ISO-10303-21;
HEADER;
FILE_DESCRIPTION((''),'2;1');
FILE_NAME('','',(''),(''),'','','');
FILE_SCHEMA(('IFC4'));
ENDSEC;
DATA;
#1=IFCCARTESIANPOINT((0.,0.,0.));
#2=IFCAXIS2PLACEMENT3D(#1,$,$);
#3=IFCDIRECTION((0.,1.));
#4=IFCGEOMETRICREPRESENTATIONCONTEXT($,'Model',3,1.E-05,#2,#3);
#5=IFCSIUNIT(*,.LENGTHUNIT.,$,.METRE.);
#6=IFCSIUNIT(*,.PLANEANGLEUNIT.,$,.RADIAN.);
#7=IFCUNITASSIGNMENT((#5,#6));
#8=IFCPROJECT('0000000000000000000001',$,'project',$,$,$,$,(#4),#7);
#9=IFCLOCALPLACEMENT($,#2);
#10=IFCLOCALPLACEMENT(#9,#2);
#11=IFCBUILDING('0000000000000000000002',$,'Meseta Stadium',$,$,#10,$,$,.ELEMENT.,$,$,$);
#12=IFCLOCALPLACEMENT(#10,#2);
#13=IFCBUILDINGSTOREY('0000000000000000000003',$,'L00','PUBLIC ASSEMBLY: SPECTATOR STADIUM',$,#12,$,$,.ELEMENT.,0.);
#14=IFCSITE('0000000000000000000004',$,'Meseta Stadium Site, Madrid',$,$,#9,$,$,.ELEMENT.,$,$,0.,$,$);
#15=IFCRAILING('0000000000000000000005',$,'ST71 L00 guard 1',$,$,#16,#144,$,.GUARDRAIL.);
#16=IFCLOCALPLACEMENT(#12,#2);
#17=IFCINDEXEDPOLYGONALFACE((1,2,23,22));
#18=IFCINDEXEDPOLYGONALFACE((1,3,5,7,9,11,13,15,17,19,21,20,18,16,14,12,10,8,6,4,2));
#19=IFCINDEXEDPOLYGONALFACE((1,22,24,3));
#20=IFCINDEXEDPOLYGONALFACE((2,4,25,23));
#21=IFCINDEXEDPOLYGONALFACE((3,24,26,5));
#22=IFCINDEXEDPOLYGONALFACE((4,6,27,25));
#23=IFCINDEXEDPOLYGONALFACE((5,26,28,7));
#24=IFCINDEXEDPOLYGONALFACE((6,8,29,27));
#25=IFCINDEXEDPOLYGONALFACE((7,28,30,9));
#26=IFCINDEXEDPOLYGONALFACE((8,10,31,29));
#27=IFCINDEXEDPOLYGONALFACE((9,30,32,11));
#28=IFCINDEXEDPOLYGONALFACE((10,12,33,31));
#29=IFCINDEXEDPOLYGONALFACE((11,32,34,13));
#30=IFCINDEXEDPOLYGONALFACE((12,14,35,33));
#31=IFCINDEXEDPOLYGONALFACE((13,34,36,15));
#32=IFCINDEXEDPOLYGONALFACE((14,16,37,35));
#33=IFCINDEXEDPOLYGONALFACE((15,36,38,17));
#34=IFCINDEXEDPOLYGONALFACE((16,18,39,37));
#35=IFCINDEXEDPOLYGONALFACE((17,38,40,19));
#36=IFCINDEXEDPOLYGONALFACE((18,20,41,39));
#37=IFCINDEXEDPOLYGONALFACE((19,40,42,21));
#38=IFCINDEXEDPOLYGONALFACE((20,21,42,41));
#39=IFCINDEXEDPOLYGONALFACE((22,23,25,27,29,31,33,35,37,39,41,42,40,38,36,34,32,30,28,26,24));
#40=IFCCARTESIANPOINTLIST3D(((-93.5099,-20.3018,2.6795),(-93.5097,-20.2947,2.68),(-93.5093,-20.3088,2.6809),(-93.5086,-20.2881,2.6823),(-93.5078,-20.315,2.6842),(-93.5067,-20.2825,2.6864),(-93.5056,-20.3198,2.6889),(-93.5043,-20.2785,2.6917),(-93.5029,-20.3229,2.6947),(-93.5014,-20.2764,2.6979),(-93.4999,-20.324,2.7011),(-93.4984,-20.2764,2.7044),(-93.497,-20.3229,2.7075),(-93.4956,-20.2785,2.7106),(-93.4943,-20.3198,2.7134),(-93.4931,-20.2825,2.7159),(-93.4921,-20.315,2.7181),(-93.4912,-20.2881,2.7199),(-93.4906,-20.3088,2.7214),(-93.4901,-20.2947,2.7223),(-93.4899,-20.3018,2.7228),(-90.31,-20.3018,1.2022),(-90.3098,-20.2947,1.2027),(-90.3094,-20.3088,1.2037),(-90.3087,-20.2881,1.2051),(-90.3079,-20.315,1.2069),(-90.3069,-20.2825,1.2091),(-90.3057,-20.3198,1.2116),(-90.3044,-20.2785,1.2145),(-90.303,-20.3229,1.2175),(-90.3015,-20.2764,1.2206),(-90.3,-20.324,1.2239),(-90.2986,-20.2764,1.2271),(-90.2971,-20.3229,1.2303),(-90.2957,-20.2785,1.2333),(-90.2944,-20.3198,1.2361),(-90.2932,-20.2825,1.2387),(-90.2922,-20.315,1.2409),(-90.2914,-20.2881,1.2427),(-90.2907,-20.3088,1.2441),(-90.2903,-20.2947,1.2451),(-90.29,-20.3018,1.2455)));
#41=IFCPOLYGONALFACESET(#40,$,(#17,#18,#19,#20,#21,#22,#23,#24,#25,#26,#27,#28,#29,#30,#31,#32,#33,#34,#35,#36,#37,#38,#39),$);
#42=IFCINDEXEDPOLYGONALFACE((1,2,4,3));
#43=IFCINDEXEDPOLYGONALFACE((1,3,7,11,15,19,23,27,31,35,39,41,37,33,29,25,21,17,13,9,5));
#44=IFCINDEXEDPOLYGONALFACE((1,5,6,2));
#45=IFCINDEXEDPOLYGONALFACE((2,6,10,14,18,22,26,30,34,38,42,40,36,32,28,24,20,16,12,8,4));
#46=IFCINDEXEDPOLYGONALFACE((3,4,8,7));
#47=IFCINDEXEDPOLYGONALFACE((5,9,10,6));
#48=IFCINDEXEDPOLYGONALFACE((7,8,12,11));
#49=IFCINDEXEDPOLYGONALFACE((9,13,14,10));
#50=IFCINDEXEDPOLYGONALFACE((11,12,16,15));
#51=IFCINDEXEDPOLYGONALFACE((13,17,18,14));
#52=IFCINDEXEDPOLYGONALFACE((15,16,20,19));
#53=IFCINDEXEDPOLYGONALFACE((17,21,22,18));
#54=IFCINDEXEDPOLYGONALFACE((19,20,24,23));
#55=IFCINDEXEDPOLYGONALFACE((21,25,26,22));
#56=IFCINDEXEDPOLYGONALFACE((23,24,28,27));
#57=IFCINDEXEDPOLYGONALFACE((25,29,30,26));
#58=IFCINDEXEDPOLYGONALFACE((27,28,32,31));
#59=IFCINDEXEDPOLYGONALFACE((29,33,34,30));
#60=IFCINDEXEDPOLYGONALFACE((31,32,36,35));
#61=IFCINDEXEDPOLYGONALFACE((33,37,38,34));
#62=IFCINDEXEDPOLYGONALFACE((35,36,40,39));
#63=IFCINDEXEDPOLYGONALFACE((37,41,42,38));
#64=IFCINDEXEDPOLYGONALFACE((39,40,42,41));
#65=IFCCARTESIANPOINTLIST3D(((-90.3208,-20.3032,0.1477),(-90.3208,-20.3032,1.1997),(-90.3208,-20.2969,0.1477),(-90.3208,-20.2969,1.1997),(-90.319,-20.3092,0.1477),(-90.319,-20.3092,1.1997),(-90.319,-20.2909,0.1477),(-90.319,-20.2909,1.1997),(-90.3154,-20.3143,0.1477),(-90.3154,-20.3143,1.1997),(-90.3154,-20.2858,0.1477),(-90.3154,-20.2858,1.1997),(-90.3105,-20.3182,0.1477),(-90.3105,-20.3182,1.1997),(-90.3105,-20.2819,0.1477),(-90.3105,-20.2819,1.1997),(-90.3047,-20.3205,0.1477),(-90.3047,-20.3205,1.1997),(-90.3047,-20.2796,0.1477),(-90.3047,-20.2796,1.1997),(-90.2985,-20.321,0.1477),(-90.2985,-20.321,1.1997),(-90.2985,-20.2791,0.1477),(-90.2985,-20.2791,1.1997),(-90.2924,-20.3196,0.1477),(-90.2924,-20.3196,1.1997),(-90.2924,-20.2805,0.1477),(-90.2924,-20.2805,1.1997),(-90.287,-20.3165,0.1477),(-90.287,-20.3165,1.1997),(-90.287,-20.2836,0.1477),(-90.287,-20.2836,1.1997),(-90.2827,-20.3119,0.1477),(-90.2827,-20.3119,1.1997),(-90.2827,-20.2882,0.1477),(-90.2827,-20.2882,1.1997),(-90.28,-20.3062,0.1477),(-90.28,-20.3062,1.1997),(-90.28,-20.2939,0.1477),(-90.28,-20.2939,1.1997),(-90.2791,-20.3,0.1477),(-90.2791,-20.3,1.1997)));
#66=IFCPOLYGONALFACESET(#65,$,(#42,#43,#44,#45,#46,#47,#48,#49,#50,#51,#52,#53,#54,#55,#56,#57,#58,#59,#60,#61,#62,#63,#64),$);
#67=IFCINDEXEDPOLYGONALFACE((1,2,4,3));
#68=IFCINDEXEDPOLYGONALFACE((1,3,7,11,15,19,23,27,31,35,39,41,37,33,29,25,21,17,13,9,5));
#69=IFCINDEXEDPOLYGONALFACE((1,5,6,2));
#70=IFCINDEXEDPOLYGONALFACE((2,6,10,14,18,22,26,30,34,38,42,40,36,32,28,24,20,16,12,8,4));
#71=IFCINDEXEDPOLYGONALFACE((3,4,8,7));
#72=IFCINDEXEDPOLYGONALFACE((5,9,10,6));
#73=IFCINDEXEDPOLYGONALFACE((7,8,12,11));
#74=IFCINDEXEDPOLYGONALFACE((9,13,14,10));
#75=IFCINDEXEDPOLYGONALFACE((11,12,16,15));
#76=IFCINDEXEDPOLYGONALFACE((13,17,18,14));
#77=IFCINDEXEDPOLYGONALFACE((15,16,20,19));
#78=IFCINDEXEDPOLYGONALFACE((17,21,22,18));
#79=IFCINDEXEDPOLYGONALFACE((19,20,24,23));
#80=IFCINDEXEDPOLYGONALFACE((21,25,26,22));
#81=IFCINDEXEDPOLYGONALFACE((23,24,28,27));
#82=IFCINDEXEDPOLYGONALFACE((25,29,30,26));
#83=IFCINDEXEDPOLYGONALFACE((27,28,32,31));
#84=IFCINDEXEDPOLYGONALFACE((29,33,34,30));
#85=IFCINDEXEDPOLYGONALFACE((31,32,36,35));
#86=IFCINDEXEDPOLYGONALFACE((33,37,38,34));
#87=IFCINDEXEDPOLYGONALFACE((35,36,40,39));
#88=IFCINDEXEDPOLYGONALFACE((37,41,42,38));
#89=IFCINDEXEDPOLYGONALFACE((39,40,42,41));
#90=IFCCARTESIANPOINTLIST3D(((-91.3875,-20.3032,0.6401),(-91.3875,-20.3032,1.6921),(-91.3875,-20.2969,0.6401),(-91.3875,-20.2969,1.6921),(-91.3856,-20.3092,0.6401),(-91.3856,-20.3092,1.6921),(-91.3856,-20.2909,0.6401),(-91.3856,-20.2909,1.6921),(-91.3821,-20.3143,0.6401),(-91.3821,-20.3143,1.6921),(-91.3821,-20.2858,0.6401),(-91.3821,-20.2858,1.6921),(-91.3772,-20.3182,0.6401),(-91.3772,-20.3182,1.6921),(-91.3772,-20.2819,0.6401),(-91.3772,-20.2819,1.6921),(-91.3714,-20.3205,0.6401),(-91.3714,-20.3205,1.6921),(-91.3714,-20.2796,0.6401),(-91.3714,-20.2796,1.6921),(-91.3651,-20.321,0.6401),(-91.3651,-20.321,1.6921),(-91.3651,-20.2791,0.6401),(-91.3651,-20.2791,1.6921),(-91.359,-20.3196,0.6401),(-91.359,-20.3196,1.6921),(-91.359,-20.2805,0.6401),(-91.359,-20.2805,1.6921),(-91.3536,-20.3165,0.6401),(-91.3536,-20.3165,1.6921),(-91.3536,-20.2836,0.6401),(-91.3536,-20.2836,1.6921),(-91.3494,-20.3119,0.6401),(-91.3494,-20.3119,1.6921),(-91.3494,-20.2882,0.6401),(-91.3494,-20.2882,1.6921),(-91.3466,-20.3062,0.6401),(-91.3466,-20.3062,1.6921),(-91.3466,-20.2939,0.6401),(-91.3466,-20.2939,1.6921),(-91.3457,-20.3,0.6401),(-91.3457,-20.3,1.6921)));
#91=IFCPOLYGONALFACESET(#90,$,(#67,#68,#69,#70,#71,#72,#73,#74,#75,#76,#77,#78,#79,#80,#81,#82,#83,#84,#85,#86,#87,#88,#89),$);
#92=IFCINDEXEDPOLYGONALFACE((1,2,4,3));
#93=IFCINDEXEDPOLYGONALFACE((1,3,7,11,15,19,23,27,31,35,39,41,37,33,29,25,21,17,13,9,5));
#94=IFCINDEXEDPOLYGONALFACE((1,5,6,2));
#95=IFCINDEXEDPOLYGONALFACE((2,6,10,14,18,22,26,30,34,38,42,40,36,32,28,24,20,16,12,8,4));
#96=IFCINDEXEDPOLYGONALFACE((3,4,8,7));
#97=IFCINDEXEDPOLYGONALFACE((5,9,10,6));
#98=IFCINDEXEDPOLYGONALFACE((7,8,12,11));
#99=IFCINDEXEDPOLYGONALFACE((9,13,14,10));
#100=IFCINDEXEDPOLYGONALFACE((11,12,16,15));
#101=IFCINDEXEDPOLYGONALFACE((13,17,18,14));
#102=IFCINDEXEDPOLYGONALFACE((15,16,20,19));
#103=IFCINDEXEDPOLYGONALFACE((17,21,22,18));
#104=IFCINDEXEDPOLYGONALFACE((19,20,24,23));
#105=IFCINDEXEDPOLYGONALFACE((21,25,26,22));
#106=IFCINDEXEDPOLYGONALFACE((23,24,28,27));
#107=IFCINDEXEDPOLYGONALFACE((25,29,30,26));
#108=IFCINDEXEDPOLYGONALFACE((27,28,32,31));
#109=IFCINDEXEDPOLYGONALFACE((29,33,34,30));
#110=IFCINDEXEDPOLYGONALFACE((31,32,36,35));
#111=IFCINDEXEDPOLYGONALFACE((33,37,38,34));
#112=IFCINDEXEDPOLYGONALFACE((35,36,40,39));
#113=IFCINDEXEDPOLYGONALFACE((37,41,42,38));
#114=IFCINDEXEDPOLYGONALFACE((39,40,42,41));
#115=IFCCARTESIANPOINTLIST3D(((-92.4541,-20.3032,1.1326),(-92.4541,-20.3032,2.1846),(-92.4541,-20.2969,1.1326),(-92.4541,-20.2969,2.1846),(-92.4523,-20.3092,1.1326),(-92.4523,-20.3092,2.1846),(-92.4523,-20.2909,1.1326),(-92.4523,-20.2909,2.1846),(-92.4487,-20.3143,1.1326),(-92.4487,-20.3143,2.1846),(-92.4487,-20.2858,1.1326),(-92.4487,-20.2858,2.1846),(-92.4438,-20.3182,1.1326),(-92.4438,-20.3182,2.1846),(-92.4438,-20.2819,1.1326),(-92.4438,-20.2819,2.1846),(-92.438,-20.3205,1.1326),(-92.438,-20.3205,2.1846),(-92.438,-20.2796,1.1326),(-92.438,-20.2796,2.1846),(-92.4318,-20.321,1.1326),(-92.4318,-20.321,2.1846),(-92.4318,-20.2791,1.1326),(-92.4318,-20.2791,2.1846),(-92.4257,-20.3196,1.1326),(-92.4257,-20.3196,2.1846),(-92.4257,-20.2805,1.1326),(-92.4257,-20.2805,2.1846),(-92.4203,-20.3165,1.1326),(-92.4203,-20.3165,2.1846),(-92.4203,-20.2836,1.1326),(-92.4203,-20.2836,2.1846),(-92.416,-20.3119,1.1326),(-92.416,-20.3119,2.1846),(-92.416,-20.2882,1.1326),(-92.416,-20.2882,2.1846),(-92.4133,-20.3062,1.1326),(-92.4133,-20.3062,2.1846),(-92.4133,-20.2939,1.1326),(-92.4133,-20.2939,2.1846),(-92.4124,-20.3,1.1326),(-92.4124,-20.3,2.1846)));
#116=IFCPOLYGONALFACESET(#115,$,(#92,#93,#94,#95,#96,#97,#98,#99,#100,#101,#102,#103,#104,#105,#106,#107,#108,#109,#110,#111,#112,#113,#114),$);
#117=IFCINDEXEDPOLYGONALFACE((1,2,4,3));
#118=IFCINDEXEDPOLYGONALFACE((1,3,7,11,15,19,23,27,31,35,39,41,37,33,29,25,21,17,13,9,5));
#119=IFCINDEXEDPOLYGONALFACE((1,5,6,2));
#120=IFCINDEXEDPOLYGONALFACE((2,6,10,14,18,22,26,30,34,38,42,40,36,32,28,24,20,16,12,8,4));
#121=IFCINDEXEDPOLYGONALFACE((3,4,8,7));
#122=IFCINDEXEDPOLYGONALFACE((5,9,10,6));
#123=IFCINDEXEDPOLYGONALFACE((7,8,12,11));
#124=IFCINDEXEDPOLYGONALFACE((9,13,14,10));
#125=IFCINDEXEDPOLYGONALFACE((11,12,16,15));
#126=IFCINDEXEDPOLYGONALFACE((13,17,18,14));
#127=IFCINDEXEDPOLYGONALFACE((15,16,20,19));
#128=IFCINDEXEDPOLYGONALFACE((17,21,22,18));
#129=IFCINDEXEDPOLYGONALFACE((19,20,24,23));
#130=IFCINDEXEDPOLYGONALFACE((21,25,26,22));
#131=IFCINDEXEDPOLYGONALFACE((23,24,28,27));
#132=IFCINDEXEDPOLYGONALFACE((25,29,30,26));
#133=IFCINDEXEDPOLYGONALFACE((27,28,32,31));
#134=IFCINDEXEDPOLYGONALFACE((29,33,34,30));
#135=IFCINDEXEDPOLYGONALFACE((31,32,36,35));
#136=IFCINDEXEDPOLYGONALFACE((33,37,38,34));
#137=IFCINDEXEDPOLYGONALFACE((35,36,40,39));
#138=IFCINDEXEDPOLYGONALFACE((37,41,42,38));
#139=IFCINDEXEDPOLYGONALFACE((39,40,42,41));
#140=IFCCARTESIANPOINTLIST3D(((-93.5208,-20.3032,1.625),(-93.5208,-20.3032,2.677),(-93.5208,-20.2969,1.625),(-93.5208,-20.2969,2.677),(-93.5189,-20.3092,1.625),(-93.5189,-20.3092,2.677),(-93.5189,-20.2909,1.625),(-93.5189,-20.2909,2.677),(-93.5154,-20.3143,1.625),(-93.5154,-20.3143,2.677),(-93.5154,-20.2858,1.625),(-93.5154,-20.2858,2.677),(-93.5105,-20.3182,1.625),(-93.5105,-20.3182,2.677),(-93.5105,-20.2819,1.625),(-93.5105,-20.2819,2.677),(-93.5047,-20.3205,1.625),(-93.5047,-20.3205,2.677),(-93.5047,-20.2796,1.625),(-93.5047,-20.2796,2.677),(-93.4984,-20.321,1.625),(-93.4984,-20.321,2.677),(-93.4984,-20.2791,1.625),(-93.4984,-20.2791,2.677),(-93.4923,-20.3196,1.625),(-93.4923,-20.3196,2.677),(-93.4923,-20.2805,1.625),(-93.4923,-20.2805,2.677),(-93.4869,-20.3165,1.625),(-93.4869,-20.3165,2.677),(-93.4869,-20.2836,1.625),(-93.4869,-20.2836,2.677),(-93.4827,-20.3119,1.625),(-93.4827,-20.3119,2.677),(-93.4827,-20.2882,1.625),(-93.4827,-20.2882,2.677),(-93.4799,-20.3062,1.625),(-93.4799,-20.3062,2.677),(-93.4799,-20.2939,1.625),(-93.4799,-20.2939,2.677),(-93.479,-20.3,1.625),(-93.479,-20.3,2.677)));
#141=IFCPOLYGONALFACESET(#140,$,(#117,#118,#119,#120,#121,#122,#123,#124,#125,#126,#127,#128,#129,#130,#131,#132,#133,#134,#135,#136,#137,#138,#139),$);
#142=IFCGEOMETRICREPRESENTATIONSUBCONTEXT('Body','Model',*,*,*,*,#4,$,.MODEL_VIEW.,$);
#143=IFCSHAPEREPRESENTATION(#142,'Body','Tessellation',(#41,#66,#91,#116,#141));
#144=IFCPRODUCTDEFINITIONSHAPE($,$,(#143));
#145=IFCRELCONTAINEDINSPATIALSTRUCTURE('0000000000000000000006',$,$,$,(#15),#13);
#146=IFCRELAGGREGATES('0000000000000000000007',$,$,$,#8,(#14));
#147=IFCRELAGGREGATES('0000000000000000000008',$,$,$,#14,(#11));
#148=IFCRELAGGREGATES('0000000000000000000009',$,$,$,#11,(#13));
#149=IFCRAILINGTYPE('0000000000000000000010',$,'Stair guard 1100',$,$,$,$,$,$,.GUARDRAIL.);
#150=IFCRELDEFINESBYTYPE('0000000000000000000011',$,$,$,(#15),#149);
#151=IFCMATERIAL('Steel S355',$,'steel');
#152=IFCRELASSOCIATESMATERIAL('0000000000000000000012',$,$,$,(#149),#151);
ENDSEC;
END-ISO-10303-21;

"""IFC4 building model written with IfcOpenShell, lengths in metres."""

from ifc_helpers import new_model, si_unit, direction, frame, origin, origin_2d, place, context, subcontext, project, spatial, circle, extrude, material, type_object, element, save


model = new_model("IFC4")

# Units and contexts
model_context = context("Model", 3, precision=1e-05, world=origin(), true_north=direction((0.0, 1.0)))
body_context = subcontext(model_context, "Body", "Model", "MODEL_VIEW")
ifc_project = project(units=[si_unit("LENGTHUNIT", "METRE"), si_unit("PLANEANGLEUNIT", "RADIAN")], contexts=[model_context])

# Site, building, storey
site_placement = place(None, origin())
site = spatial("IfcSite", under=ifc_project, at=site_placement, Name="Meseta Stadium Site, Madrid", CompositionType="ELEMENT", RefElevation=0.0)
building_placement = place(site_placement, origin())
building = spatial("IfcBuilding", under=site, at=building_placement, Name="Meseta Stadium", CompositionType="ELEMENT")
storey_placement = place(building_placement, origin())
storey = spatial("IfcBuildingStorey", under=building, at=storey_placement, Name="L00", Description="PUBLIC ASSEMBLY: SPECTATOR STADIUM", CompositionType="ELEMENT", Elevation=0.0)

# Railing
ifc_material_1 = material(Name="Steel S355", Category="steel")
railing_type_1 = type_object("IfcRailingType", Name="Stair guard 1100", PredefinedType="GUARDRAIL", material=ifc_material_1)
railing_1_placement = place(storey_placement, frame((-90.3, -20.3, 0.1477)))
element("IfcRailing", 1, at=railing_1_placement, inside=storey, type_object=railing_type_1, Name="ST71 L00 guard 1", PredefinedType="GUARDRAIL", context=body_context, shape_type="SweptSolid", body=[
    extrude(circle(Radius=0.0239, at=origin_2d()), frame((0.0, 0.0, 1.0762), z_axis=(-0.907917, 0.0, 0.41915), x_axis=(0.0, -1.0, 0.0)), (0.0, 0.0, 1.0), 3.5244),
    extrude(circle(Radius=0.021, at=origin_2d()), origin(), (0.0, 0.0, 1.0), 1.052),
    extrude(circle(Radius=0.021, at=origin_2d()), frame((-1.0667, 0.0, 0.4924)), (0.0, 0.0, 1.0), 1.052),
    extrude(circle(Radius=0.021, at=origin_2d()), frame((-2.1333, 0.0, 0.9849)), (0.0, 0.0, 1.0), 1.052),
    extrude(circle(Radius=0.021, at=origin_2d()), frame((-3.2, 0.0, 1.4773)), (0.0, 0.0, 1.0), 1.052),
])

save(model, "model.ifc")
